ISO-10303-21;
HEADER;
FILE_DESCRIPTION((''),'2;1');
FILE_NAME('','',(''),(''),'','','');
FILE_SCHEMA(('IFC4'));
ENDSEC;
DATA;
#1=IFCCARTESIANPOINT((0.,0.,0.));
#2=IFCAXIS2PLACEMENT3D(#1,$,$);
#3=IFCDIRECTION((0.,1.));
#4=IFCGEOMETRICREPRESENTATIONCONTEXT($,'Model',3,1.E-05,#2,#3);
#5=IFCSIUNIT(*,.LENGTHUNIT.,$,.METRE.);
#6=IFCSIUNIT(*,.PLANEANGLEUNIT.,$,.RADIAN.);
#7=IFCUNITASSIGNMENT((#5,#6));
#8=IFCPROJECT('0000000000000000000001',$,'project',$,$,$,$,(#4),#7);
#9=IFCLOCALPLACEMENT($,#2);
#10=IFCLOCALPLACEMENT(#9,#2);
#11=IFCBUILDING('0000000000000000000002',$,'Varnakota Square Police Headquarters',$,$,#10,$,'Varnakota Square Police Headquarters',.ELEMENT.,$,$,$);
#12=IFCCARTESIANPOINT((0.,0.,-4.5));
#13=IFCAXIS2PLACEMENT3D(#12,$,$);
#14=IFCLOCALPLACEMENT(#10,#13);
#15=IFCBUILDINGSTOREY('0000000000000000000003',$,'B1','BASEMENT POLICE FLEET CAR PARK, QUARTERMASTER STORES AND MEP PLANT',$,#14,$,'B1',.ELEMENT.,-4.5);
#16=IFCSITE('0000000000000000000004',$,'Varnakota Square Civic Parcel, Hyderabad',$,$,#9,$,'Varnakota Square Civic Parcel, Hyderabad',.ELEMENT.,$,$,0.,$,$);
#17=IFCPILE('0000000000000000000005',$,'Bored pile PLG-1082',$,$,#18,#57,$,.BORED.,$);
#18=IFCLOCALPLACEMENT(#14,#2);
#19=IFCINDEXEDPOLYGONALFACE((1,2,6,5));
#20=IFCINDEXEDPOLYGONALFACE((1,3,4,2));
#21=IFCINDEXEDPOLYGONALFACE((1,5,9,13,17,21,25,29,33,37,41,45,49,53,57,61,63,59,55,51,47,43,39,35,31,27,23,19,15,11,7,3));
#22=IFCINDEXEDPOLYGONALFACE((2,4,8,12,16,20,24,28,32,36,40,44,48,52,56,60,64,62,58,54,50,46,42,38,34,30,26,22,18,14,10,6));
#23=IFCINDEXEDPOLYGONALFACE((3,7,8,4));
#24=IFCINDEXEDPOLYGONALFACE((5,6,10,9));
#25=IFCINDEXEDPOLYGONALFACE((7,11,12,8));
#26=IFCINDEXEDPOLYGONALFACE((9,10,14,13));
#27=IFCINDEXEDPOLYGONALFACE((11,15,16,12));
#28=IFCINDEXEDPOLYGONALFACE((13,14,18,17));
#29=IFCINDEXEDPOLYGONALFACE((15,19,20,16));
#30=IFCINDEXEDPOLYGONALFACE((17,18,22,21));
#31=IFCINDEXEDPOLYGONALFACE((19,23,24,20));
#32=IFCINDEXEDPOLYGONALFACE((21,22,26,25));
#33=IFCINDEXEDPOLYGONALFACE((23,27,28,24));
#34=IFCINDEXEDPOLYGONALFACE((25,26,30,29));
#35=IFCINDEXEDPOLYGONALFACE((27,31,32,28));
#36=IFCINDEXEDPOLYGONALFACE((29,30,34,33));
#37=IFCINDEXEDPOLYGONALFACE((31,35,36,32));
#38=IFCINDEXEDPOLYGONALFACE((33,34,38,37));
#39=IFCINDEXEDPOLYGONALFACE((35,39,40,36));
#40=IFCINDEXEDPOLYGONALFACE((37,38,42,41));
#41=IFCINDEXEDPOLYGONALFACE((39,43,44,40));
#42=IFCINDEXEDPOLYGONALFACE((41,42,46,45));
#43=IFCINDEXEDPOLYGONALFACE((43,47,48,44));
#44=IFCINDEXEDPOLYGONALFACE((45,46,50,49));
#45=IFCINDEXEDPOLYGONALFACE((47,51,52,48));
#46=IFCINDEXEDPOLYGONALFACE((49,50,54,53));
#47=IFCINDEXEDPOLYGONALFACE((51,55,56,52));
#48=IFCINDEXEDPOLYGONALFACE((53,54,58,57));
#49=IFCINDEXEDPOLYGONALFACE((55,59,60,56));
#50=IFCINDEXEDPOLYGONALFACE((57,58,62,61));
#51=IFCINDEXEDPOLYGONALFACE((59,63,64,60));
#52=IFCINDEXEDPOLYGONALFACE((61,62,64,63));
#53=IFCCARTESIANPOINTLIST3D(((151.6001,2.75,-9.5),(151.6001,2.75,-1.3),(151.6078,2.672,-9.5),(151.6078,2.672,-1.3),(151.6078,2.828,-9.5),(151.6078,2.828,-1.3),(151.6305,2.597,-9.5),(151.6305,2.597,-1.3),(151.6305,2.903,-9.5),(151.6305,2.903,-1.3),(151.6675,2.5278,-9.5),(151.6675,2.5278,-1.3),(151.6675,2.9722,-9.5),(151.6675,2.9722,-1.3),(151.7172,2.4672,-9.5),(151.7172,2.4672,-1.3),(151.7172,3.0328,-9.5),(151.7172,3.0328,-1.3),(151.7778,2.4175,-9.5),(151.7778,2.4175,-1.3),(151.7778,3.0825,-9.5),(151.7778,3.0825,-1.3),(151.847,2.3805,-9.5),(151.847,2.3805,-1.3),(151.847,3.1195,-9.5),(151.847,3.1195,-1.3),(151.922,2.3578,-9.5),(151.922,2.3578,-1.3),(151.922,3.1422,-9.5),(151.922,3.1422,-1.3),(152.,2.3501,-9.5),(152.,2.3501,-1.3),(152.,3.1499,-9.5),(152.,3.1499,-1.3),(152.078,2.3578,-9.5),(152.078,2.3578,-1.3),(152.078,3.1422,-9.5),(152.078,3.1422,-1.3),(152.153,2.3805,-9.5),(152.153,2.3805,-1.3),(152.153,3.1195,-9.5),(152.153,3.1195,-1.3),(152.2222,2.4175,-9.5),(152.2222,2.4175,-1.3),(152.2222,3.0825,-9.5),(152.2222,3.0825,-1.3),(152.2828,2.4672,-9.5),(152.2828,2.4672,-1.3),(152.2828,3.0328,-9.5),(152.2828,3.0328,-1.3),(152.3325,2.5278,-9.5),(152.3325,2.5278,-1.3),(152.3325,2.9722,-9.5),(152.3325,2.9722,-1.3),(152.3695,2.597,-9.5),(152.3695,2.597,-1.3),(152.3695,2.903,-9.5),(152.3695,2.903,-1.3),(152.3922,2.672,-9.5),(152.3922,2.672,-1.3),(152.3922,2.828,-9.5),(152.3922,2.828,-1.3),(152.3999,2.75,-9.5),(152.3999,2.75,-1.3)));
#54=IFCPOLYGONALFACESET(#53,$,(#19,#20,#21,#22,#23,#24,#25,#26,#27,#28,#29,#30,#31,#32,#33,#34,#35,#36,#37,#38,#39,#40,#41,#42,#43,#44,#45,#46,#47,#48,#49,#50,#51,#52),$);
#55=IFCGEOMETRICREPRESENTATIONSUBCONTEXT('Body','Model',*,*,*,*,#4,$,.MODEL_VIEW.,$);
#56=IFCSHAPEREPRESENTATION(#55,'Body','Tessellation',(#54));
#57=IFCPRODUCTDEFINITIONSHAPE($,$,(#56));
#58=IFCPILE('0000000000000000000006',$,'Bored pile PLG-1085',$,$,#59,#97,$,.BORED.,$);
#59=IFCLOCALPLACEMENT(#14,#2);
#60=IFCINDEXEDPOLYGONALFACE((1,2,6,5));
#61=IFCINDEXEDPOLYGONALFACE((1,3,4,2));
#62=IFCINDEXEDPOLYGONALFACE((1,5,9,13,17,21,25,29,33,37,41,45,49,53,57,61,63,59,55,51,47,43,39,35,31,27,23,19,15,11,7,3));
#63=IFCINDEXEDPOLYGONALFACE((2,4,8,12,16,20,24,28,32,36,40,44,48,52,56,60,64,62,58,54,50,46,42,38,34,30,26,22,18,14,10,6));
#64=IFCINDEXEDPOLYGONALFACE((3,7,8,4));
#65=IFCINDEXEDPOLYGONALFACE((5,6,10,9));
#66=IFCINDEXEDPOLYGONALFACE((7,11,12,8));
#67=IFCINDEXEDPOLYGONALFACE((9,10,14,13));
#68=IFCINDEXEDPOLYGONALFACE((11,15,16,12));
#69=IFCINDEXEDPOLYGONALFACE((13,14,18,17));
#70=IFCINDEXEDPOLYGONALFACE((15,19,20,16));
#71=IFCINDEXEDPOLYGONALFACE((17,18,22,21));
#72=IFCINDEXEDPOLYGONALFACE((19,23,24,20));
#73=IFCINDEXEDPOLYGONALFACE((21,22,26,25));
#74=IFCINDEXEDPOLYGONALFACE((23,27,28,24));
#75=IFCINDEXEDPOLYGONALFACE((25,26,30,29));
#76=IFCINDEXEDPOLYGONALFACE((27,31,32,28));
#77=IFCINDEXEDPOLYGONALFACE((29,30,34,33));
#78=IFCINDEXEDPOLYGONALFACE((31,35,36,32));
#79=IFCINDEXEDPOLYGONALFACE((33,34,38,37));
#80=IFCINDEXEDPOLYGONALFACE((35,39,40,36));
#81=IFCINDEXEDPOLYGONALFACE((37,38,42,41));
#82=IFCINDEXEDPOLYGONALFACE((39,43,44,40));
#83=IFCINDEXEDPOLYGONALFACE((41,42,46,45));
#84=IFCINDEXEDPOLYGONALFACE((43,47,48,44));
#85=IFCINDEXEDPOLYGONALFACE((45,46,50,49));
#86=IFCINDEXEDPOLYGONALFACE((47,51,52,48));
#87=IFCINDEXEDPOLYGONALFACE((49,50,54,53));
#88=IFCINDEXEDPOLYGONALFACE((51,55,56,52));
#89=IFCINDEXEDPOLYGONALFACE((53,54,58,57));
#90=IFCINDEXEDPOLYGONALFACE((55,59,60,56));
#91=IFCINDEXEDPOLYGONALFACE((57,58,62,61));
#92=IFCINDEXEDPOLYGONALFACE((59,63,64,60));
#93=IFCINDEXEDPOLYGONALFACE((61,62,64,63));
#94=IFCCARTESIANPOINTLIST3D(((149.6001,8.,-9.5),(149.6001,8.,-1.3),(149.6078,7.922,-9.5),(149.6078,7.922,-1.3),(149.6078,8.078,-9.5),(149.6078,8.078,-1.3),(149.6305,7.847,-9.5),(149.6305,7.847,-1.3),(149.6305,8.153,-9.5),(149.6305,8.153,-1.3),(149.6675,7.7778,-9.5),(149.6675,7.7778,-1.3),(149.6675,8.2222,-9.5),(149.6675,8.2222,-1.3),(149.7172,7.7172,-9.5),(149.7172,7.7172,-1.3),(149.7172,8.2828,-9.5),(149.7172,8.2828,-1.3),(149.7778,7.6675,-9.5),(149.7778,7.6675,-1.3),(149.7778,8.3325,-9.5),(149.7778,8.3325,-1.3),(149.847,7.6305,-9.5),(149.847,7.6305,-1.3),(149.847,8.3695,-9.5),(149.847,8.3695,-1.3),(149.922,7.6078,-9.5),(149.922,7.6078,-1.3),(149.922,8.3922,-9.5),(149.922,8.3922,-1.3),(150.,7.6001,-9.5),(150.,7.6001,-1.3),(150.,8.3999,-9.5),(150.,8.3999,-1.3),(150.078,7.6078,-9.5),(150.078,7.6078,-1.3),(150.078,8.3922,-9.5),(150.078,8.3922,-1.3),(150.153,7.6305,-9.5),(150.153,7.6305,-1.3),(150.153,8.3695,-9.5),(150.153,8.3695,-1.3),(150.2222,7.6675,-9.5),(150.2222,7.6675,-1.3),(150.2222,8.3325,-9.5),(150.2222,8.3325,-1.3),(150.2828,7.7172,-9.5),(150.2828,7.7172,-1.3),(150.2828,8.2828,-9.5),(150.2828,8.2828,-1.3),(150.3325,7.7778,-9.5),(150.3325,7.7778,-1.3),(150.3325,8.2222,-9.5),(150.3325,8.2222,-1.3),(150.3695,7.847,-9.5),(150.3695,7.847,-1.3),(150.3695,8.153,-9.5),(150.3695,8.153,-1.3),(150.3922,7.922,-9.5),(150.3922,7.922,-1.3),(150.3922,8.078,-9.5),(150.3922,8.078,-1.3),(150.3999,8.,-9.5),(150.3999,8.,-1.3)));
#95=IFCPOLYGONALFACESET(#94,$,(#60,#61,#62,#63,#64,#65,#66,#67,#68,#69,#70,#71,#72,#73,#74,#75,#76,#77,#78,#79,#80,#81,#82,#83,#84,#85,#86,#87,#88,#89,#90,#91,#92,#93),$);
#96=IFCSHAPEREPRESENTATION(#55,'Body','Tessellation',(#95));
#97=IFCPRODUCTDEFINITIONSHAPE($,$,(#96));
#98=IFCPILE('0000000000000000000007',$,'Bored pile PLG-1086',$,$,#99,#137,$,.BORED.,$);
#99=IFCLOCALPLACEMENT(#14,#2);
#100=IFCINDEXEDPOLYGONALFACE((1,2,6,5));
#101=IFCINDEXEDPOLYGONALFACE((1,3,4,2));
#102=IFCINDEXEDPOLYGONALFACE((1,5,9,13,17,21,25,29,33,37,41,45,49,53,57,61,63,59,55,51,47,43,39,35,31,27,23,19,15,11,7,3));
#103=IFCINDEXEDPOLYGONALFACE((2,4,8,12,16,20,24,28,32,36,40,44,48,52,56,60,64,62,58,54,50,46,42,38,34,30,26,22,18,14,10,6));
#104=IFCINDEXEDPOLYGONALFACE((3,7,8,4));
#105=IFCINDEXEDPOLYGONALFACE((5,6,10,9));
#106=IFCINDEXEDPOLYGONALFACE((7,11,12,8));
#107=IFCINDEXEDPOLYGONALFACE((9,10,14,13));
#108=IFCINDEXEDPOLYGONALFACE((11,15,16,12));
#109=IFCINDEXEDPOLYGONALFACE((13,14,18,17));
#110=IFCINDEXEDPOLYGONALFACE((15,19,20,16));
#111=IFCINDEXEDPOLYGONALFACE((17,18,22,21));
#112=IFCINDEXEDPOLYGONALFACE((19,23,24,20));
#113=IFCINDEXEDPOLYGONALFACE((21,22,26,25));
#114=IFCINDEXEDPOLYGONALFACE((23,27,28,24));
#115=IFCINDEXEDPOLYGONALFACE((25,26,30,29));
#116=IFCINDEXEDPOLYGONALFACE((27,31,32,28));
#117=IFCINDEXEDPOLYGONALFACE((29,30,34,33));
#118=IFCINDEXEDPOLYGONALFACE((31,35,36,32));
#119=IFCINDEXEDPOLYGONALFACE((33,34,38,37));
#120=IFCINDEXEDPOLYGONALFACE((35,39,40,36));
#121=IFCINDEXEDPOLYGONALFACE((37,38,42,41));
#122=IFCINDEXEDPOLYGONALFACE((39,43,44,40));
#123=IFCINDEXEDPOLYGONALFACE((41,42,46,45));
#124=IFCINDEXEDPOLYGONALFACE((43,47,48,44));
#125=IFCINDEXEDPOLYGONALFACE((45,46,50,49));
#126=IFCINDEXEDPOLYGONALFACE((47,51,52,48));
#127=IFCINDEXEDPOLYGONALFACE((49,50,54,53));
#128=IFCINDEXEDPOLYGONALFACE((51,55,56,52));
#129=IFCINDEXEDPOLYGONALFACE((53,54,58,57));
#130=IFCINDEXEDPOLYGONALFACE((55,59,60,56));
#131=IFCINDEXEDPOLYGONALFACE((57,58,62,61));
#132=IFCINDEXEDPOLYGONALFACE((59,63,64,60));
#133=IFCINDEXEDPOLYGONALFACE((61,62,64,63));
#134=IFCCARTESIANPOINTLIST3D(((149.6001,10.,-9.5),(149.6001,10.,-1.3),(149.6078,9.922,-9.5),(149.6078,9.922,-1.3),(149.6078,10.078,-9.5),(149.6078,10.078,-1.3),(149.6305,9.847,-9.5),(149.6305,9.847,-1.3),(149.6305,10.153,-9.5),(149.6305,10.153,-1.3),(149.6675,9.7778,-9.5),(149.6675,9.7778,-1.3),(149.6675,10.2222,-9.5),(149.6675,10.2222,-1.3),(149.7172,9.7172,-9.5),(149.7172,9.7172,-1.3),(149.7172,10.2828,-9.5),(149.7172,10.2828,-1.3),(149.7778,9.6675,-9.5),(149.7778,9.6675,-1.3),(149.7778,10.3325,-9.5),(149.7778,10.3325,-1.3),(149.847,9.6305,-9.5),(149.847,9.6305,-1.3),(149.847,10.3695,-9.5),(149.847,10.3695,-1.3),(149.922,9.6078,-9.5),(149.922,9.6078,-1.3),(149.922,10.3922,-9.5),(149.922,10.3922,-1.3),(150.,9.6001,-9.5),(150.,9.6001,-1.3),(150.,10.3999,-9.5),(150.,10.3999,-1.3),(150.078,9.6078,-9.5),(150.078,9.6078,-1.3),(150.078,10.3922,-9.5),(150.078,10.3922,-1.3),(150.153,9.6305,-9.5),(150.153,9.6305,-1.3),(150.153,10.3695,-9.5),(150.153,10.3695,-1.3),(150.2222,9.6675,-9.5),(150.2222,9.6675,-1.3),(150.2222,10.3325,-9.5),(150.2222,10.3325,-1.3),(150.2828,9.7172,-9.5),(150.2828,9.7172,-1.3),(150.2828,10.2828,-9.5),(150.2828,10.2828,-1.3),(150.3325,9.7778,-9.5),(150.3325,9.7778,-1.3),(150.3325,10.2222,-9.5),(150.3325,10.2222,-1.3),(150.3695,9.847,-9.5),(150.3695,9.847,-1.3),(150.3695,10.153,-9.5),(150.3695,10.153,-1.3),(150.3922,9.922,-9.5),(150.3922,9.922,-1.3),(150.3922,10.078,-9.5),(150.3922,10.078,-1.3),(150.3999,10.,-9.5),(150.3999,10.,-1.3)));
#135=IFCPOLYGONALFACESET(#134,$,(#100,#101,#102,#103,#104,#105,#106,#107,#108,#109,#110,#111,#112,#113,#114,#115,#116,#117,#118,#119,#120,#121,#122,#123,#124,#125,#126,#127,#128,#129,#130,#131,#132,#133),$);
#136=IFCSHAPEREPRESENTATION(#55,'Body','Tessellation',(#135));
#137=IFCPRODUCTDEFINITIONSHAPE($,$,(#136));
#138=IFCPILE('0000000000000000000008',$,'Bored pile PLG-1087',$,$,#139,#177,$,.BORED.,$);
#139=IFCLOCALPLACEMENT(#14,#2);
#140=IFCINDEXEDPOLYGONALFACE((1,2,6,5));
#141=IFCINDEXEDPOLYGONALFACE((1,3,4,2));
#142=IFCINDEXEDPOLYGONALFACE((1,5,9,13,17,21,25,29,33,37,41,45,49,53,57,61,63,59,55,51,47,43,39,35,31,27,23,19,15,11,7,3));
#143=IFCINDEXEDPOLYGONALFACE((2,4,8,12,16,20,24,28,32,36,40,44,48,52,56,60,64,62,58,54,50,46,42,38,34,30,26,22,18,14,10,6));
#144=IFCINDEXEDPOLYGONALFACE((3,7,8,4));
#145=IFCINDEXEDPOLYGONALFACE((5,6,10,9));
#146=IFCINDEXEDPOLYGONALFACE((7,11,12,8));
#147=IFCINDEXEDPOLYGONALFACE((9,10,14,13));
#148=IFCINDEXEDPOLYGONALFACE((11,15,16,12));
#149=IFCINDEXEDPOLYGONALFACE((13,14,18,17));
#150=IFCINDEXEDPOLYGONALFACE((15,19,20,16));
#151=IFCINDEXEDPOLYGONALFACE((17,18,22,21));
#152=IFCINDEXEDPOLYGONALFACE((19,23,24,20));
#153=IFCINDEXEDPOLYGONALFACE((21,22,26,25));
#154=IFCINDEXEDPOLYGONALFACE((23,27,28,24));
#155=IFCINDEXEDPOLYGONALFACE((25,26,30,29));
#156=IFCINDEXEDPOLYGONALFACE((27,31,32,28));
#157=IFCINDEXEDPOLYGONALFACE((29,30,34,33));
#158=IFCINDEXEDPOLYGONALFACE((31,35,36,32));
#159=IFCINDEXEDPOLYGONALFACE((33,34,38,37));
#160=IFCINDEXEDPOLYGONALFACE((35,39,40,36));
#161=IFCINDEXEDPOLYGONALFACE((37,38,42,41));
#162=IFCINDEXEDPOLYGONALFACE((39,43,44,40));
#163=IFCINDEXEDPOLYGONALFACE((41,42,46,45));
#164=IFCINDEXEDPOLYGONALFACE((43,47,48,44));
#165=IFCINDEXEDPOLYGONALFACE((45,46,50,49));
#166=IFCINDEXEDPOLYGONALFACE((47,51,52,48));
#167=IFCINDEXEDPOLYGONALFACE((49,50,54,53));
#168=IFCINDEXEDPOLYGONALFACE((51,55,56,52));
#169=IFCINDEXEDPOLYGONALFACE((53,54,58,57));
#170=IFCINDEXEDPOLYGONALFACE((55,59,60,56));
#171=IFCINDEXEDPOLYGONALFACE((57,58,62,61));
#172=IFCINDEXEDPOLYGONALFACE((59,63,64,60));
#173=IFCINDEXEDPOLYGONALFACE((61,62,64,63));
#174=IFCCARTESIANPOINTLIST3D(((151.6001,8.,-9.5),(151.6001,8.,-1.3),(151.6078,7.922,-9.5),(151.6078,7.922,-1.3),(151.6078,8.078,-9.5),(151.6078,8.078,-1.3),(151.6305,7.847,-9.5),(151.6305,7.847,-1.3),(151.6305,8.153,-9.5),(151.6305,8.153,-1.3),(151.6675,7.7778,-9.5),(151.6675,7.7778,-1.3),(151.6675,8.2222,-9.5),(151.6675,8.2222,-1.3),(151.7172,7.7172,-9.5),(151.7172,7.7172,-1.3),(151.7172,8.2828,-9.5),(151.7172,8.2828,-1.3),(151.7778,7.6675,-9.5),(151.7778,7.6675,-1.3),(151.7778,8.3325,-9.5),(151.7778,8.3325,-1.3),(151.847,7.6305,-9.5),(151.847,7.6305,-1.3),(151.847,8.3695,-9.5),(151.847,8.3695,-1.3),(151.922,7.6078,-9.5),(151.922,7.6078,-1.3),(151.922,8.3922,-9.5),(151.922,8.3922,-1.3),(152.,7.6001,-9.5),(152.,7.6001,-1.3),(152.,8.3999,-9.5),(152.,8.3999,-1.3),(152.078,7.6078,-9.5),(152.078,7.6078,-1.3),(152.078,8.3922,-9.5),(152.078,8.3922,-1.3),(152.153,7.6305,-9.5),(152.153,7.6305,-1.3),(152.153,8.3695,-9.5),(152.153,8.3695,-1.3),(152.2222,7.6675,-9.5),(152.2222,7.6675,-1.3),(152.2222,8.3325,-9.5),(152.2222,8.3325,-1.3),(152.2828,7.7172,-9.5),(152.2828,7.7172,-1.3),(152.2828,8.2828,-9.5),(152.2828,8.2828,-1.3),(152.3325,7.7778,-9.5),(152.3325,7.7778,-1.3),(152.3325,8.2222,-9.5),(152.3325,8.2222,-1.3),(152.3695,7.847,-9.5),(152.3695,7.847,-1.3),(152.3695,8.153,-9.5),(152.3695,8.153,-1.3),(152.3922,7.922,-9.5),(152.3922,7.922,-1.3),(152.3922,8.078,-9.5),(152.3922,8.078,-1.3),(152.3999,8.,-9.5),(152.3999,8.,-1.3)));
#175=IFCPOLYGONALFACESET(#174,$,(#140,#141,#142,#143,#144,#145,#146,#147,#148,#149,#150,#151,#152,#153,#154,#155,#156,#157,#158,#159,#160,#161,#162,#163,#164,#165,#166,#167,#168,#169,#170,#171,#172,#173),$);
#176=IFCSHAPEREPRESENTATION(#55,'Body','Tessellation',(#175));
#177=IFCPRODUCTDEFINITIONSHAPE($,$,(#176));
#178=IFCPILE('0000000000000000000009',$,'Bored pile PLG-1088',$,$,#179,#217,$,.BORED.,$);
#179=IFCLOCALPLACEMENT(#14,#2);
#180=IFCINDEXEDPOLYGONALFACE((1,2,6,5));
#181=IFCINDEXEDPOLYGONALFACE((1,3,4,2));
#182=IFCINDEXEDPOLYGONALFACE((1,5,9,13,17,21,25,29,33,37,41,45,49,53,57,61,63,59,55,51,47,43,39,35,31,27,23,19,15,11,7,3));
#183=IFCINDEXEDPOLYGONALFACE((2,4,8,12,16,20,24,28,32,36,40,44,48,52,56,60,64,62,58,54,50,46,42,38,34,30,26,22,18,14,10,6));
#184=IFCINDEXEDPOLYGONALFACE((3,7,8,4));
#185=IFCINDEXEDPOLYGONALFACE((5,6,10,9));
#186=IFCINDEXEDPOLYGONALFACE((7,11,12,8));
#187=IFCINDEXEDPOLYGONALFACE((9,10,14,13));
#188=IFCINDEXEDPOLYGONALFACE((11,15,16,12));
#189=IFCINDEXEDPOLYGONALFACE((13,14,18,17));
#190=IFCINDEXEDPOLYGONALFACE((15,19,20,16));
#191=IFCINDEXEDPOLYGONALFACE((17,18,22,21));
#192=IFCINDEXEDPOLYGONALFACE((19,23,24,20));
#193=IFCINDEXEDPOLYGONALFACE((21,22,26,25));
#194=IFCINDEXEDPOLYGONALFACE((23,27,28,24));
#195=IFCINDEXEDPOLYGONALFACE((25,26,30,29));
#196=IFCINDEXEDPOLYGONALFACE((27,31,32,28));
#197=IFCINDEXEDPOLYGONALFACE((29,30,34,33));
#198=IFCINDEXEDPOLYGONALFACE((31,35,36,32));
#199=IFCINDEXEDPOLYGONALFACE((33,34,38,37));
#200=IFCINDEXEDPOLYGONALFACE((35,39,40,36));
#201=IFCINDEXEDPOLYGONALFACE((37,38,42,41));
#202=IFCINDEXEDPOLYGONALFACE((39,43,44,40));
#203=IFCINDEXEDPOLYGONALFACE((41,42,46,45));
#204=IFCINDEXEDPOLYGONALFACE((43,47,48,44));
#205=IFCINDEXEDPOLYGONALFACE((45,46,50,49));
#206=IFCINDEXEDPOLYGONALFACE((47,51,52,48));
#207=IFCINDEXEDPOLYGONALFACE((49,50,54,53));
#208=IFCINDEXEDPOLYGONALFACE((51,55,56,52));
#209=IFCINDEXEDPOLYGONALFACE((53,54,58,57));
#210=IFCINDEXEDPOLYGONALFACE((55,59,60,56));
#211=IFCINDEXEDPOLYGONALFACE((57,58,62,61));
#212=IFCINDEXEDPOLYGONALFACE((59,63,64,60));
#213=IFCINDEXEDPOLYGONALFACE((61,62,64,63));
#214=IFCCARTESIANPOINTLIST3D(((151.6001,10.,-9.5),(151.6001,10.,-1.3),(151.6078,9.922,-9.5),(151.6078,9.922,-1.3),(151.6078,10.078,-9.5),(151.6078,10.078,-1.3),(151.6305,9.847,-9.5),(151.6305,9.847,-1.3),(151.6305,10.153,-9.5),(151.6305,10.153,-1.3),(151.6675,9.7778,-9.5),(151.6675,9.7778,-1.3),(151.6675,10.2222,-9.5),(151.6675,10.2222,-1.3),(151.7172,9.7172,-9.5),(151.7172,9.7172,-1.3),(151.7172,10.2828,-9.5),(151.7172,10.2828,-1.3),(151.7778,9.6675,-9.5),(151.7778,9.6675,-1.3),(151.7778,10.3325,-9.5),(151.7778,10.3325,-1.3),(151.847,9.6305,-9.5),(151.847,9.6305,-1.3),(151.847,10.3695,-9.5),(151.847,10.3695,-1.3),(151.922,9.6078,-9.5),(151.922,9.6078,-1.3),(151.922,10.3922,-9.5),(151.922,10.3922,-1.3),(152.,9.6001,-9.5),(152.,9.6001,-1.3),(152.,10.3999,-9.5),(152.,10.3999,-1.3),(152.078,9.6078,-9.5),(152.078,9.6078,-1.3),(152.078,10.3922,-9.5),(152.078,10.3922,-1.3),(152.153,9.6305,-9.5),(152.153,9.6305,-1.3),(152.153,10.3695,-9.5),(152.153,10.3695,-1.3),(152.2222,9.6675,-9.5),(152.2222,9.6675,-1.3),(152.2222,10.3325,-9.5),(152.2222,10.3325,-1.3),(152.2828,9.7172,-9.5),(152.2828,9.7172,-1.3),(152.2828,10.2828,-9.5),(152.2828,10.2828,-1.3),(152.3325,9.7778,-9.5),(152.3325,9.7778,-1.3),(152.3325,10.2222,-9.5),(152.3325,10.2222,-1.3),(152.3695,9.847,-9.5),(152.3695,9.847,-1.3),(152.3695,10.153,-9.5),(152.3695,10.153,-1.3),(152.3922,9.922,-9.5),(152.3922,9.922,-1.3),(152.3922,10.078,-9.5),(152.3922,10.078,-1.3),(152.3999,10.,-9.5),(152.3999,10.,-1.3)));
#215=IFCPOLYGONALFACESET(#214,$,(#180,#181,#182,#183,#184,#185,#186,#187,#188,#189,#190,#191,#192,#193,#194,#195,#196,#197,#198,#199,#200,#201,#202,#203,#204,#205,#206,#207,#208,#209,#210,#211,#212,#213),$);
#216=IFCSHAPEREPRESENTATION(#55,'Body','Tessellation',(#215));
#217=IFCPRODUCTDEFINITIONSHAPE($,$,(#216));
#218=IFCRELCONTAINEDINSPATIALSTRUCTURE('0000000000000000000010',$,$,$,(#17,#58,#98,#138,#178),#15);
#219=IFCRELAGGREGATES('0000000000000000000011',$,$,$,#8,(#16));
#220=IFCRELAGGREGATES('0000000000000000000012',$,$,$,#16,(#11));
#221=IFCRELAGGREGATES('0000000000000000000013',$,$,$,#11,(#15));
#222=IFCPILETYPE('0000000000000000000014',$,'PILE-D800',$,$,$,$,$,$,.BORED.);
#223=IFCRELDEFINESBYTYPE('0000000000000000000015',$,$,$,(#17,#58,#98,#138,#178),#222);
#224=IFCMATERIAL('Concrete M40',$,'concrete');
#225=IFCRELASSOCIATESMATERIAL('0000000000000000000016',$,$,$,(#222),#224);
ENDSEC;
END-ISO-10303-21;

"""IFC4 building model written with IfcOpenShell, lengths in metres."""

from ifc_helpers import new_model, si_unit, direction, frame, origin, origin_2d, place, context, subcontext, project, spatial, circle, extrude, material, material_profile, profile_set, type_object, element, save


model = new_model("IFC4")

# Units and contexts
model_context = context("Model", 3, precision=1e-05, world=origin(), true_north=direction((0.0, 1.0)))
body_context = subcontext(model_context, "Body", "Model", "MODEL_VIEW")
ifc_project = project(units=[si_unit("LENGTHUNIT", "METRE"), si_unit("PLANEANGLEUNIT", "RADIAN")], contexts=[model_context])

# Site, building, storey
site_placement = place(None, origin())
site = spatial("IfcSite", under=ifc_project, at=site_placement, Name="Varnakota Square Civic Parcel, Hyderabad", LongName="Varnakota Square Civic Parcel, Hyderabad", CompositionType="ELEMENT", RefElevation=0.0)
building_placement = place(site_placement, origin())
building = spatial("IfcBuilding", under=site, at=building_placement, Name="Varnakota Square Police Headquarters", LongName="Varnakota Square Police Headquarters", CompositionType="ELEMENT")
storey_placement = place(building_placement, frame((0.0, 0.0, -4.5)))
storey = spatial("IfcBuildingStorey", under=building, at=storey_placement, Name="B1", Description="BASEMENT POLICE FLEET CAR PARK, QUARTERMASTER STORES AND MEP PLANT", LongName="B1", CompositionType="ELEMENT", Elevation=-4.5)

# Shared definitions
ifc_material_1 = material(Name="Concrete M40", Category="concrete")

# Piles
ifc_material_profile_1 = material_profile(ifc_material_1, circle(Radius=0.3999, at=origin_2d()), Name="BORED PILE 800")
ifc_profile_set_1 = profile_set([ifc_material_profile_1], Name="Concrete M40")
pile_type = type_object("IfcPileType", Name="PILE-D800", PredefinedType="BORED", material=ifc_profile_set_1)
for number, where, z_axis, x_axis, name in (
    (1, (152.0, 2.75, -1.3), (0.0, 0.0, -1.0), (1.0, 0.0, 0.0), "Bored pile PLG-1082"),
    (2, (150.0, 8.0, -1.3), (0.0, 0.0, -1.0), (1.0, 0.0, 0.0), "Bored pile PLG-1085"),
    (3, (150.0, 10.0, -1.3), (0.0, 0.0, -1.0), (1.0, 0.0, 0.0), "Bored pile PLG-1086"),
    (4, (152.0, 8.0, -1.3), (0.0, 0.0, -1.0), (1.0, 0.0, 0.0), "Bored pile PLG-1087"),
    (5, (152.0, 10.0, -1.3), (0.0, 0.0, -1.0), (1.0, 0.0, 0.0), "Bored pile PLG-1088"),
):
    element("IfcPile", number, at=place(storey_placement, frame(where, z_axis=z_axis, x_axis=x_axis)), inside=storey, type_object=pile_type, Name=name, PredefinedType="BORED", context=body_context, shape_type="SweptSolid", body=[
        extrude(circle(Radius=0.3999, at=origin_2d()), origin(), (0.0, 0.0, 1.0), 8.2),
    ])

save(model, "model.ifc")
